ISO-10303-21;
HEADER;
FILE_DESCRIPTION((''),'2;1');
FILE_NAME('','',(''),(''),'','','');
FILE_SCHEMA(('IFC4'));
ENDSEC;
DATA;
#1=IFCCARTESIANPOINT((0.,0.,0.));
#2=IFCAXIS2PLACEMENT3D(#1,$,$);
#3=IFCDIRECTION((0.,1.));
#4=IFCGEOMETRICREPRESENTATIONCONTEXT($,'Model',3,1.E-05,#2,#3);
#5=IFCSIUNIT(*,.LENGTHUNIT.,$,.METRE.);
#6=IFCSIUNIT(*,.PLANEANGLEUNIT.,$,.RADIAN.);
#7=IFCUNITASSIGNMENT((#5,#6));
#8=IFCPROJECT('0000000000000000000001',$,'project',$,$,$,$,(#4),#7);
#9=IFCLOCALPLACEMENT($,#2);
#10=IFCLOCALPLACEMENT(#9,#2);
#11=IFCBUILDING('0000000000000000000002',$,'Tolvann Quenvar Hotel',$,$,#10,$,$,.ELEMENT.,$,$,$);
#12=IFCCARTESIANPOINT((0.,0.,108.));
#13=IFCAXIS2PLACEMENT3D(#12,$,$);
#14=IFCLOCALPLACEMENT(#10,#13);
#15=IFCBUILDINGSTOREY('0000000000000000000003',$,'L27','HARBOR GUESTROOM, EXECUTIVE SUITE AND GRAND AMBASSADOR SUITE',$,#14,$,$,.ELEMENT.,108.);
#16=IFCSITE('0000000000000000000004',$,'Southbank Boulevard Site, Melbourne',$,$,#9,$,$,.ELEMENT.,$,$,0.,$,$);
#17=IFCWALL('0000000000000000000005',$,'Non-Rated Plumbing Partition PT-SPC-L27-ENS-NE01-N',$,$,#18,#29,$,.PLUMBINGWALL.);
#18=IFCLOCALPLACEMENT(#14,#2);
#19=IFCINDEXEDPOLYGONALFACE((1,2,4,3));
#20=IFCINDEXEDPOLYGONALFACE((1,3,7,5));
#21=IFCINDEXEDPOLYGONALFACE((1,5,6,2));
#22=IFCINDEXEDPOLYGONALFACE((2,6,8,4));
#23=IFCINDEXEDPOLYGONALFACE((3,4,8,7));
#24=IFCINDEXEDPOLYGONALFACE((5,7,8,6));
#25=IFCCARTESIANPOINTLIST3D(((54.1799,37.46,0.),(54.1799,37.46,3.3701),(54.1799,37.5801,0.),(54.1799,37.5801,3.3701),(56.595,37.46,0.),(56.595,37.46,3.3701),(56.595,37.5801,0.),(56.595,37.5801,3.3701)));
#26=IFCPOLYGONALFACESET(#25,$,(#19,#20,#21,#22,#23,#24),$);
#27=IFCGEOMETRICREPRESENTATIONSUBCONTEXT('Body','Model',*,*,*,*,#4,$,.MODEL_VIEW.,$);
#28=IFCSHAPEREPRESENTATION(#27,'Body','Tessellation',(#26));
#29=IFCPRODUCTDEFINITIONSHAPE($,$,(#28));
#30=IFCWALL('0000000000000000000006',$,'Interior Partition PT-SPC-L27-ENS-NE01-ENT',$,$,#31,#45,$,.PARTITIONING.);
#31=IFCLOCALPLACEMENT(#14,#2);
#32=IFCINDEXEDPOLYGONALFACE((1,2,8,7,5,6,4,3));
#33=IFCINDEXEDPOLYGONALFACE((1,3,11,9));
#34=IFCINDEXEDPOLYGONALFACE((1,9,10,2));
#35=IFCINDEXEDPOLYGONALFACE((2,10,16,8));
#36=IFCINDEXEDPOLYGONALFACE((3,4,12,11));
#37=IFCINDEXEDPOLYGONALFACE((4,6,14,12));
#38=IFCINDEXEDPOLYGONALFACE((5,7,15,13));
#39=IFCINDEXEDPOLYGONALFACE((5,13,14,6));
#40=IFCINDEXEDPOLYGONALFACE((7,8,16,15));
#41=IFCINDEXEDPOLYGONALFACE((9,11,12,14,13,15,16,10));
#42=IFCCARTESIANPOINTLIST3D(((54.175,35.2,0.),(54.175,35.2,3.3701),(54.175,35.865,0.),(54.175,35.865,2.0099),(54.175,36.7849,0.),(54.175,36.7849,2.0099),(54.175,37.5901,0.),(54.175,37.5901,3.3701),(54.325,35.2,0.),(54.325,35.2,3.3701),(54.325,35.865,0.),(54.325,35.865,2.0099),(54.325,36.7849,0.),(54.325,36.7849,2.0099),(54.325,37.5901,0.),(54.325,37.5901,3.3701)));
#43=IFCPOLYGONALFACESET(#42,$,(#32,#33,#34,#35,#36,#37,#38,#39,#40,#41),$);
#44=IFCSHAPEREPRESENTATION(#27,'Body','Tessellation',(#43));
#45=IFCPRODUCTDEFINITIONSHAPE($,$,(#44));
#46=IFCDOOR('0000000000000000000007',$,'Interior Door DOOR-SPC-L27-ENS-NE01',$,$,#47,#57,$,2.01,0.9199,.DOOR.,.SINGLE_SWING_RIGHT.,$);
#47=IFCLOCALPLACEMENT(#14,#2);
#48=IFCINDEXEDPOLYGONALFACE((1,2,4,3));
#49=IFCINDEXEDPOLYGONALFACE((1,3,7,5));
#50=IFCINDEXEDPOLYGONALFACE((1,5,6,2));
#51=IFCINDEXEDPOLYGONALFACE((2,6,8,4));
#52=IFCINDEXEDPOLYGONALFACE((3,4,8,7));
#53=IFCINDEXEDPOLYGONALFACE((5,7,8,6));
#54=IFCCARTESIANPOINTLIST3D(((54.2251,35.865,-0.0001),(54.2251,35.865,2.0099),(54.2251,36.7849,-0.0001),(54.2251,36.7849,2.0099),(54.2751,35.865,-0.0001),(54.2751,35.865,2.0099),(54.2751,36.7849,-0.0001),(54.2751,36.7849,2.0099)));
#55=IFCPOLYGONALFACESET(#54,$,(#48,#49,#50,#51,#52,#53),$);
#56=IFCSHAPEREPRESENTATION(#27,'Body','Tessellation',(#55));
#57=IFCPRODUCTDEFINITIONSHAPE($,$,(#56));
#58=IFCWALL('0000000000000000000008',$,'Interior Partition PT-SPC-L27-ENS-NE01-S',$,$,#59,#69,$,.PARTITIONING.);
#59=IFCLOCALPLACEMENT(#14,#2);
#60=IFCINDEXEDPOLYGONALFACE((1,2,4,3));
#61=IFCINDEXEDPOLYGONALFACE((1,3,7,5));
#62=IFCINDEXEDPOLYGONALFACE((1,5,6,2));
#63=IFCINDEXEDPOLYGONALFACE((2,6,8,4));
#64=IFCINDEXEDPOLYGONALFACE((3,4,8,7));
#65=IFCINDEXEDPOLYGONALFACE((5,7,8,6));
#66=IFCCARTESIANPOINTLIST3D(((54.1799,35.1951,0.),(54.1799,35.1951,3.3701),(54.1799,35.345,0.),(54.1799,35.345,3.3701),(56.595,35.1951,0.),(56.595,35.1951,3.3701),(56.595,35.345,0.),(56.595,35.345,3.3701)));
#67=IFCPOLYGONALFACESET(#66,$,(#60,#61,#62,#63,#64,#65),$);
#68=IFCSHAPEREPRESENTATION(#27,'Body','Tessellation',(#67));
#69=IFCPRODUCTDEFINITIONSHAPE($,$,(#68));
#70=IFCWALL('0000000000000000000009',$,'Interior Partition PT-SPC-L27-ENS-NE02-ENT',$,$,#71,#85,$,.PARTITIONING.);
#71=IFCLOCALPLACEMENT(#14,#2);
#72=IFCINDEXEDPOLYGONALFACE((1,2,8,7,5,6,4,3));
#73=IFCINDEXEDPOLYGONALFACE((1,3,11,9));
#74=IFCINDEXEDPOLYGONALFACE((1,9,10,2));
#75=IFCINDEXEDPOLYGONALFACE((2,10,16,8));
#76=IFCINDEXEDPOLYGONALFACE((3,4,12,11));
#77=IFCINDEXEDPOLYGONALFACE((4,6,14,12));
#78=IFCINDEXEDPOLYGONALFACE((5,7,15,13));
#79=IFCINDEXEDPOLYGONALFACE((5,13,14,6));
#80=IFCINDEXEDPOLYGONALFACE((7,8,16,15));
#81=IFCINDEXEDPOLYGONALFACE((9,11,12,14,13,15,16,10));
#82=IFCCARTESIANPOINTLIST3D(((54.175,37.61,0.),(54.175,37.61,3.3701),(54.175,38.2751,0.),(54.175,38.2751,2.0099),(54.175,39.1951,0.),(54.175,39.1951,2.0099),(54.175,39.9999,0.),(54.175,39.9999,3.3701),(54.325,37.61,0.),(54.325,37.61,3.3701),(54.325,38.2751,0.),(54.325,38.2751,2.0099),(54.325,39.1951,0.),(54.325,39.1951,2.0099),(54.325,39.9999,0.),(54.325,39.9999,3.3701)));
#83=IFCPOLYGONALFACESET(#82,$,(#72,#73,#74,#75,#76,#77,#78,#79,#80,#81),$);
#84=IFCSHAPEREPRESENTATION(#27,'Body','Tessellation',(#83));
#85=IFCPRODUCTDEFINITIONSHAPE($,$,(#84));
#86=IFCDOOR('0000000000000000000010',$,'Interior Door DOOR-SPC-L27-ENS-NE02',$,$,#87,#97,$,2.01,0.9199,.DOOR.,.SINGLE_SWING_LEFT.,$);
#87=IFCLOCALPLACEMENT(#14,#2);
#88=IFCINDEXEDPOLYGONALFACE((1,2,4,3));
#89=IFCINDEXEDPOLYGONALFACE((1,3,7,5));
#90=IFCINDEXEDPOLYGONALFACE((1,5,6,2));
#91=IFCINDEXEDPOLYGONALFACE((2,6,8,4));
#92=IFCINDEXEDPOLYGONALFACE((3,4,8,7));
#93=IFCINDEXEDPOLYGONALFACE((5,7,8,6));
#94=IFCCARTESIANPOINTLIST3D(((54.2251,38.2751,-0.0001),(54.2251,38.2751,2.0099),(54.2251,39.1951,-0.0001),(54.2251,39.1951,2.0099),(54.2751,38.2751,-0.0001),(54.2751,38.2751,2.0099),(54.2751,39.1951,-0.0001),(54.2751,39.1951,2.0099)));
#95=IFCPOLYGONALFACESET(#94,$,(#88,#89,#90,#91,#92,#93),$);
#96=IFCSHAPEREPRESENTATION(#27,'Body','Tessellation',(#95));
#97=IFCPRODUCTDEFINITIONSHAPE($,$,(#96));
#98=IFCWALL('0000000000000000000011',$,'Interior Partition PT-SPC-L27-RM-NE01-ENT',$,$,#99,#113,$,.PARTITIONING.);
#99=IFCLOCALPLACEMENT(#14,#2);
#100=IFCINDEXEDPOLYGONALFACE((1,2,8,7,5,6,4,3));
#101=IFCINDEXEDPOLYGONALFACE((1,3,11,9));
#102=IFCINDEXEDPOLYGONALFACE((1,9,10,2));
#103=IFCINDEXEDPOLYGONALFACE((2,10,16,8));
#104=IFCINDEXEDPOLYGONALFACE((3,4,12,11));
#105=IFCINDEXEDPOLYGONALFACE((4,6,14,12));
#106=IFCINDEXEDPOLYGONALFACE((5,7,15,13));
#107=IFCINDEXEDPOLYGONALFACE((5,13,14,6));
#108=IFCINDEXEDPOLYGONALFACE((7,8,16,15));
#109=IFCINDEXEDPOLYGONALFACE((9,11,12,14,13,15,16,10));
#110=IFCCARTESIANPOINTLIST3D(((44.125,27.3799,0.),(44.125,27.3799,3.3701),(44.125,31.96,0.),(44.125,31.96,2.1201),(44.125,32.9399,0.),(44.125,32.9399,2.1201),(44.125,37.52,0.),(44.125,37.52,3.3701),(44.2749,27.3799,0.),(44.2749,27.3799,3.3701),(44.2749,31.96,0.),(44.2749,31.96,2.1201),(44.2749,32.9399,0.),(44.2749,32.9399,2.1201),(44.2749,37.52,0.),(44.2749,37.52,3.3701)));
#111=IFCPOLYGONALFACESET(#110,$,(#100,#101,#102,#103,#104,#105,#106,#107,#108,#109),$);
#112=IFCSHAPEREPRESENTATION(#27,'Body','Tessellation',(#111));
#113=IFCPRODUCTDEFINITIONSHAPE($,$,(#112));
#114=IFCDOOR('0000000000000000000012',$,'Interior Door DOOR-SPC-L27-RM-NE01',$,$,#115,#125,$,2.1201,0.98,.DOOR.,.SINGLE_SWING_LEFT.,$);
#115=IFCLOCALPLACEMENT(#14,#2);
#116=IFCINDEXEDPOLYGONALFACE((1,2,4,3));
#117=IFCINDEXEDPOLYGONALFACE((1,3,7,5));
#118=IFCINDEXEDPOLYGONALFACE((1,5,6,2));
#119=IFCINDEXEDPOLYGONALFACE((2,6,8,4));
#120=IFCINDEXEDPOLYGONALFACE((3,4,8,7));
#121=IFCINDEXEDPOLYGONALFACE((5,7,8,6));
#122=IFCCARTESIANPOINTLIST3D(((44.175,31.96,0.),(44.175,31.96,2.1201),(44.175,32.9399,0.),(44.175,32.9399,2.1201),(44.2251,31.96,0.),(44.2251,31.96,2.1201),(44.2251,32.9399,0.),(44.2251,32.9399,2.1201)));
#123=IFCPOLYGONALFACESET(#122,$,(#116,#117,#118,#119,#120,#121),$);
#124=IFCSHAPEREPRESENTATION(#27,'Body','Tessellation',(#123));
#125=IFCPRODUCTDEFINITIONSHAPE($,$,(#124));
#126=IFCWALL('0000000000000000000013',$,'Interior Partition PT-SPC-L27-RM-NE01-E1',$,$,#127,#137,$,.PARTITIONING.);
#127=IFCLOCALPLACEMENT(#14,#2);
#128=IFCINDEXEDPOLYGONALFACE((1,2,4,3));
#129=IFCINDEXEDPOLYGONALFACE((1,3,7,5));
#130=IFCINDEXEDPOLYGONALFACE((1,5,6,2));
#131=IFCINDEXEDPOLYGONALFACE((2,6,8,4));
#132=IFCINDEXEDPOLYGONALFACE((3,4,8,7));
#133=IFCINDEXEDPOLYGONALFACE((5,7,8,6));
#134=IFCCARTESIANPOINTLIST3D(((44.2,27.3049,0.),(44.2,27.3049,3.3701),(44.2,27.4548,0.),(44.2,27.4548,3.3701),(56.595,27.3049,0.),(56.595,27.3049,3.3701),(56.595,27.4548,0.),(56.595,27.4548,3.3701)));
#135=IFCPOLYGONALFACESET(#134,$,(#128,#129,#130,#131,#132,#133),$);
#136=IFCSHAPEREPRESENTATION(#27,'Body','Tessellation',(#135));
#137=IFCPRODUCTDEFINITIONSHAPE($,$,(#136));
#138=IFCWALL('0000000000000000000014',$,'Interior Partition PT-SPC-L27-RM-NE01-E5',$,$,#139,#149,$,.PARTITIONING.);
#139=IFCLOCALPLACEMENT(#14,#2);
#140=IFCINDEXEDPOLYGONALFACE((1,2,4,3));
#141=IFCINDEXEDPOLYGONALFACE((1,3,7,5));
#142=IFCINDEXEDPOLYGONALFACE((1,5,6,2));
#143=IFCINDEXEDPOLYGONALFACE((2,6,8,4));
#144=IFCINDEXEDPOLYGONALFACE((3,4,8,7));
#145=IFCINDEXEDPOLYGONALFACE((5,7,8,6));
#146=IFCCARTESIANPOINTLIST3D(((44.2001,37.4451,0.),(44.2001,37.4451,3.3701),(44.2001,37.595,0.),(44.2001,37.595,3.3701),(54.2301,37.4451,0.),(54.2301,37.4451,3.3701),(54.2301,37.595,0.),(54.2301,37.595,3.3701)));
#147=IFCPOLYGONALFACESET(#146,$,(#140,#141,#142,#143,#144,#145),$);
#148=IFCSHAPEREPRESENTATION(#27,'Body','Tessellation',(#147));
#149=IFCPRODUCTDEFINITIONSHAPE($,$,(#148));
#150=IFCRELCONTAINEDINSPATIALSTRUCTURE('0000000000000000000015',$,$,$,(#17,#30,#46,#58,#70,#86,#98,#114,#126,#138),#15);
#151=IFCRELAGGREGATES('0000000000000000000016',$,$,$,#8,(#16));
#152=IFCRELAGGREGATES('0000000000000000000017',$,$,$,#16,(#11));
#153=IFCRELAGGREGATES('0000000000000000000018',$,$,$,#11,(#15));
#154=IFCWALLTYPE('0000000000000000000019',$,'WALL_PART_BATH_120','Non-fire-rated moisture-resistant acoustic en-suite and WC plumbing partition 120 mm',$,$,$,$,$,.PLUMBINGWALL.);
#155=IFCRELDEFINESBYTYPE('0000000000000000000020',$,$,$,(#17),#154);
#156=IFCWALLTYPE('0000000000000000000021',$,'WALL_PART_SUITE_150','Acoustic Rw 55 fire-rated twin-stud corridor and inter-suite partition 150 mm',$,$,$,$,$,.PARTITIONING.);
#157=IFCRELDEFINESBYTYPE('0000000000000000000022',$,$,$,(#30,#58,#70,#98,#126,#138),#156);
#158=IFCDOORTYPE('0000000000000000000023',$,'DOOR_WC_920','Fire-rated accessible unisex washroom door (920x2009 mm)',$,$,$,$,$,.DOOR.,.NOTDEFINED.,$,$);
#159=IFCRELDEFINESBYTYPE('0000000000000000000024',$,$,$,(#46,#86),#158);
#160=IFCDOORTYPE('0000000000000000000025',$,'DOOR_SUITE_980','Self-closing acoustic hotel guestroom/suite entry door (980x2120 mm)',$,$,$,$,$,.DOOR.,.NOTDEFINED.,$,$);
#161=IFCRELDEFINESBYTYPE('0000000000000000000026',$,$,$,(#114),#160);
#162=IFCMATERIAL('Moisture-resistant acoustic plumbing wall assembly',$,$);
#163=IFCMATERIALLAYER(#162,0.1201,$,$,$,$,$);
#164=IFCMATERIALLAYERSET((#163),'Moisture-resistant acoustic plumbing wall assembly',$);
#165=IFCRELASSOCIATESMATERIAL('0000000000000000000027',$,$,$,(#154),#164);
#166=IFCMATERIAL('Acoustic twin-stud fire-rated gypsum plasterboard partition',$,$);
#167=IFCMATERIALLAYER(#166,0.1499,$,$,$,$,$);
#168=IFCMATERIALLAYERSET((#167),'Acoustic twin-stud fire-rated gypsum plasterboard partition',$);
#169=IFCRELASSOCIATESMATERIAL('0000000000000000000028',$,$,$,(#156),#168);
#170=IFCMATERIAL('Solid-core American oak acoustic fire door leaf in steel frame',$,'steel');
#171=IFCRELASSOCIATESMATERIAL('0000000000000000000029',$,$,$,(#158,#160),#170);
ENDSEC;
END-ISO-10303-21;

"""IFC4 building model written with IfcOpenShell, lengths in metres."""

from ifc_helpers import new_model, si_unit, direction, frame, frame_2d, origin, place, context, subcontext, project, spatial, rectangle, extrude, source, transform, mapped, material, layer, layer_set, type_object, type_shapes, element, fill, save


model = new_model("IFC4")

# Units and contexts
model_context = context("Model", 3, precision=1e-05, world=origin(), true_north=direction((0.0, 1.0)))
body_context = subcontext(model_context, "Body", "Model", "MODEL_VIEW")
ifc_project = project(units=[si_unit("LENGTHUNIT", "METRE"), si_unit("PLANEANGLEUNIT", "RADIAN")], contexts=[model_context])

# Site, building, storey
site_placement = place(None, origin())
site = spatial("IfcSite", under=ifc_project, at=site_placement, Name="Southbank Boulevard Site, Melbourne", CompositionType="ELEMENT", RefElevation=0.0)
building_placement = place(site_placement, origin())
building = spatial("IfcBuilding", under=site, at=building_placement, Name="Tolvann Quenvar Hotel", CompositionType="ELEMENT")
storey_placement = place(building_placement, frame((0.0, 0.0, 108.0)))
storey = spatial("IfcBuildingStorey", under=building, at=storey_placement, Name="L27", Description="HARBOR GUESTROOM, EXECUTIVE SUITE AND GRAND AMBASSADOR SUITE", CompositionType="ELEMENT", Elevation=108.0)

# Wall
ifc_material_1 = material(Name="Moisture-resistant acoustic plumbing wall assembly")
ifc_layer_1 = layer(ifc_material_1, 0.1201)
ifc_layer_set_1 = layer_set([ifc_layer_1], Name="Moisture-resistant acoustic plumbing wall assembly")
wall_type_1 = type_object("IfcWallType", Name="WALL_PART_BATH_120", Description="Non-fire-rated moisture-resistant acoustic en-suite and WC plumbing partition 120 mm", PredefinedType="PLUMBINGWALL", material=ifc_layer_set_1)
wall_1_placement = place(storey_placement, frame((54.1799, 37.52, 0.0), z_axis=(0.0, 0.0, 1.0), x_axis=(1.0, 0.0, 0.0)))
element("IfcWall", 1, at=wall_1_placement, inside=storey, type_object=wall_type_1, Name="Non-Rated Plumbing Partition PT-SPC-L27-ENS-NE01-N", PredefinedType="PLUMBINGWALL", context=body_context, shape_type="SweptSolid", body=[
    extrude(rectangle(XDim=2.415, YDim=0.1201, at=frame_2d((1.2075, 0.0))), origin(), (0.0, 0.0, 1.0), 3.3701),
])

# Wall, opening, door
ifc_material_2 = material(Name="Acoustic twin-stud fire-rated gypsum plasterboard partition")
ifc_layer_2 = layer(ifc_material_2, 0.1499)
ifc_layer_set_2 = layer_set([ifc_layer_2], Name="Acoustic twin-stud fire-rated gypsum plasterboard partition")
wall_type_2 = type_object("IfcWallType", Name="WALL_PART_SUITE_150", Description="Acoustic Rw 55 fire-rated twin-stud corridor and inter-suite partition 150 mm", PredefinedType="PARTITIONING", material=ifc_layer_set_2)
wall_2_placement = place(storey_placement, frame((54.25, 35.2, 0.0), z_axis=(0.0, 0.0, 1.0), x_axis=(0.0, 1.0, 0.0)))
wall_2 = element("IfcWall", 2, at=wall_2_placement, inside=storey, type_object=wall_type_2, Name="Interior Partition PT-SPC-L27-ENS-NE01-ENT", PredefinedType="PARTITIONING", context=body_context, shape_type="SweptSolid", body=[
    extrude(rectangle(XDim=2.3901, YDim=0.1499, at=frame_2d((1.1951, 0.0))), origin(), (0.0, 0.0, 1.0), 3.3701),
])
opening_1_placement = place(wall_2_placement, frame((0.665, 0.0, 0.0)))
opening_1 = element("IfcOpeningElement", 3, at=opening_1_placement, cuts=wall_2, PredefinedType="OPENING", context=body_context, shape_type="SweptSolid", body=[
    extrude(rectangle(XDim=0.9199, YDim=2.01, at=frame_2d((0.46, 1.0049))), frame((0.0, 0.085, 0.0), z_axis=(0.0, -1.0, 0.0), x_axis=(1.0, 0.0, 0.0)), (0.0, 0.0, 1.0), 0.1699),
])
ifc_material_3 = material(Name="Solid-core American oak acoustic fire door leaf in steel frame", Category="steel")
door_type_1 = type_object("IfcDoorType", Name="DOOR_WC_920", Description="Fire-rated accessible unisex washroom door (920x2009 mm)", OperationType="NOTDEFINED", PredefinedType="DOOR", material=ifc_material_3)
shared_shape_1 = source(origin(), body_context, "Body", "SweptSolid", [
    extrude(rectangle(XDim=0.9199, YDim=2.01, at=frame_2d((0.46, 1.0049))), frame((0.0, 0.0249, 0.0), z_axis=(0.0, -1.0, 0.0), x_axis=(1.0, 0.0, 0.0)), (0.0, 0.0, 1.0), 0.05),
])
type_shapes(door_type_1, [shared_shape_1])
door_1_placement = place(opening_1_placement, origin())
door_1 = element("IfcDoor", 4, at=door_1_placement, inside=storey, type_object=door_type_1, Name="Interior Door DOOR-SPC-L27-ENS-NE01", OperationType="SINGLE_SWING_RIGHT", OverallHeight=2.01, OverallWidth=0.9199, PredefinedType="DOOR", context=body_context, shape_type="MappedRepresentation", body=[
    mapped(shared_shape_1, transform((0.0, 0.0, 0.0), x_axis=(1.0, 0.0, 0.0), y_axis=(0.0, 1.0, 0.0), z_axis=(0.0, 0.0, 1.0), scale=1.0)),
])
fill(opening_1, door_1)

# Wall
wall_3_placement = place(storey_placement, frame((54.1799, 35.27, 0.0), z_axis=(0.0, 0.0, 1.0), x_axis=(1.0, 0.0, 0.0)))
element("IfcWall", 5, at=wall_3_placement, inside=storey, type_object=wall_type_2, Name="Interior Partition PT-SPC-L27-ENS-NE01-S", PredefinedType="PARTITIONING", context=body_context, shape_type="SweptSolid", body=[
    extrude(rectangle(XDim=2.415, YDim=0.1499, at=frame_2d((1.2075, 0.0))), origin(), (0.0, 0.0, 1.0), 3.3701),
])

# Walls, openings, doors
wall_4_placement = place(storey_placement, frame((54.25, 37.6101, 0.0), z_axis=(0.0, 0.0, 1.0), x_axis=(0.0, 1.0, 0.0)))
wall_4 = element("IfcWall", 6, at=wall_4_placement, inside=storey, type_object=wall_type_2, Name="Interior Partition PT-SPC-L27-ENS-NE02-ENT", PredefinedType="PARTITIONING", context=body_context, shape_type="SweptSolid", body=[
    extrude(rectangle(XDim=2.3899, YDim=0.1499, at=frame_2d((1.1948, 0.0))), origin(), (0.0, 0.0, 1.0), 3.3701),
])
opening_2_placement = place(wall_4_placement, frame((0.665, 0.0, 0.0)))
opening_2 = element("IfcOpeningElement", 7, at=opening_2_placement, cuts=wall_4, PredefinedType="OPENING", context=body_context, shape_type="SweptSolid", body=[
    extrude(rectangle(XDim=0.9199, YDim=2.01, at=frame_2d((0.46, 1.0049))), frame((0.0, 0.085, 0.0), z_axis=(0.0, -1.0, 0.0), x_axis=(1.0, 0.0, 0.0)), (0.0, 0.0, 1.0), 0.1699),
])
door_2_placement = place(opening_2_placement, origin())
door_2 = element("IfcDoor", 8, at=door_2_placement, inside=storey, type_object=door_type_1, Name="Interior Door DOOR-SPC-L27-ENS-NE02", OperationType="SINGLE_SWING_LEFT", OverallHeight=2.01, OverallWidth=0.9199, PredefinedType="DOOR", context=body_context, shape_type="MappedRepresentation", body=[
    mapped(shared_shape_1, transform((0.0, 0.0, 0.0), x_axis=(1.0, 0.0, 0.0), y_axis=(0.0, 1.0, 0.0), z_axis=(0.0, 0.0, 1.0), scale=1.0)),
])
fill(opening_2, door_2)
wall_5_placement = place(storey_placement, frame((44.2, 27.3799, 0.0), z_axis=(0.0, 0.0, 1.0), x_axis=(0.0, 1.0, 0.0)))
wall_5 = element("IfcWall", 9, at=wall_5_placement, inside=storey, type_object=wall_type_2, Name="Interior Partition PT-SPC-L27-RM-NE01-ENT", PredefinedType="PARTITIONING", context=body_context, shape_type="SweptSolid", body=[
    extrude(rectangle(XDim=10.1401, YDim=0.1499, at=frame_2d((5.0701, 0.0))), origin(), (0.0, 0.0, 1.0), 3.3701),
])
opening_3_placement = place(wall_5_placement, frame((4.5801, 0.0, 0.0)))
opening_3 = element("IfcOpeningElement", 10, at=opening_3_placement, cuts=wall_5, PredefinedType="OPENING", context=body_context, shape_type="SweptSolid", body=[
    extrude(rectangle(XDim=0.98, YDim=2.1201, at=frame_2d((0.49, 1.0601))), frame((0.0, 0.085, 0.0), z_axis=(0.0, -1.0, 0.0), x_axis=(1.0, 0.0, 0.0)), (0.0, 0.0, 1.0), 0.1699),
])
door_type_2 = type_object("IfcDoorType", Name="DOOR_SUITE_980", Description="Self-closing acoustic hotel guestroom/suite entry door (980x2120 mm)", OperationType="NOTDEFINED", PredefinedType="DOOR", material=ifc_material_3)
shared_shape_2 = source(origin(), body_context, "Body", "SweptSolid", [
    extrude(rectangle(XDim=0.98, YDim=2.1201, at=frame_2d((0.49, 1.0601))), frame((0.0, 0.0249, 0.0), z_axis=(0.0, -1.0, 0.0), x_axis=(1.0, 0.0, 0.0)), (0.0, 0.0, 1.0), 0.05),
])
type_shapes(door_type_2, [shared_shape_2])
door_3_placement = place(opening_3_placement, origin())
door_3 = element("IfcDoor", 11, at=door_3_placement, inside=storey, type_object=door_type_2, Name="Interior Door DOOR-SPC-L27-RM-NE01", OperationType="SINGLE_SWING_LEFT", OverallHeight=2.1201, OverallWidth=0.98, PredefinedType="DOOR", context=body_context, shape_type="MappedRepresentation", body=[
    mapped(shared_shape_2, transform((0.0, 0.0, 0.0), x_axis=(1.0, 0.0, 0.0), y_axis=(0.0, 1.0, 0.0), z_axis=(0.0, 0.0, 1.0), scale=1.0)),
])
fill(opening_3, door_3)

# Walls
wall_6_placement = place(storey_placement, frame((44.2, 27.3799, 0.0), z_axis=(0.0, 0.0, 1.0), x_axis=(1.0, 0.0, 0.0)))
element("IfcWall", 12, at=wall_6_placement, inside=storey, type_object=wall_type_2, Name="Interior Partition PT-SPC-L27-RM-NE01-E1", PredefinedType="PARTITIONING", context=body_context, shape_type="SweptSolid", body=[
    extrude(rectangle(XDim=12.395, YDim=0.1499, at=frame_2d((6.1975, 0.0))), origin(), (0.0, 0.0, 1.0), 3.3701),
])
wall_7_placement = place(storey_placement, frame((44.2, 37.52, 0.0), z_axis=(0.0, 0.0, 1.0), x_axis=(1.0, 0.0, 0.0)))
element("IfcWall", 13, at=wall_7_placement, inside=storey, type_object=wall_type_2, Name="Interior Partition PT-SPC-L27-RM-NE01-E5", PredefinedType="PARTITIONING", context=body_context, shape_type="SweptSolid", body=[
    extrude(rectangle(XDim=10.03, YDim=0.1499, at=frame_2d((5.0151, 0.0))), origin(), (0.0, 0.0, 1.0), 3.3701),
])

save(model, "model.ifc")
